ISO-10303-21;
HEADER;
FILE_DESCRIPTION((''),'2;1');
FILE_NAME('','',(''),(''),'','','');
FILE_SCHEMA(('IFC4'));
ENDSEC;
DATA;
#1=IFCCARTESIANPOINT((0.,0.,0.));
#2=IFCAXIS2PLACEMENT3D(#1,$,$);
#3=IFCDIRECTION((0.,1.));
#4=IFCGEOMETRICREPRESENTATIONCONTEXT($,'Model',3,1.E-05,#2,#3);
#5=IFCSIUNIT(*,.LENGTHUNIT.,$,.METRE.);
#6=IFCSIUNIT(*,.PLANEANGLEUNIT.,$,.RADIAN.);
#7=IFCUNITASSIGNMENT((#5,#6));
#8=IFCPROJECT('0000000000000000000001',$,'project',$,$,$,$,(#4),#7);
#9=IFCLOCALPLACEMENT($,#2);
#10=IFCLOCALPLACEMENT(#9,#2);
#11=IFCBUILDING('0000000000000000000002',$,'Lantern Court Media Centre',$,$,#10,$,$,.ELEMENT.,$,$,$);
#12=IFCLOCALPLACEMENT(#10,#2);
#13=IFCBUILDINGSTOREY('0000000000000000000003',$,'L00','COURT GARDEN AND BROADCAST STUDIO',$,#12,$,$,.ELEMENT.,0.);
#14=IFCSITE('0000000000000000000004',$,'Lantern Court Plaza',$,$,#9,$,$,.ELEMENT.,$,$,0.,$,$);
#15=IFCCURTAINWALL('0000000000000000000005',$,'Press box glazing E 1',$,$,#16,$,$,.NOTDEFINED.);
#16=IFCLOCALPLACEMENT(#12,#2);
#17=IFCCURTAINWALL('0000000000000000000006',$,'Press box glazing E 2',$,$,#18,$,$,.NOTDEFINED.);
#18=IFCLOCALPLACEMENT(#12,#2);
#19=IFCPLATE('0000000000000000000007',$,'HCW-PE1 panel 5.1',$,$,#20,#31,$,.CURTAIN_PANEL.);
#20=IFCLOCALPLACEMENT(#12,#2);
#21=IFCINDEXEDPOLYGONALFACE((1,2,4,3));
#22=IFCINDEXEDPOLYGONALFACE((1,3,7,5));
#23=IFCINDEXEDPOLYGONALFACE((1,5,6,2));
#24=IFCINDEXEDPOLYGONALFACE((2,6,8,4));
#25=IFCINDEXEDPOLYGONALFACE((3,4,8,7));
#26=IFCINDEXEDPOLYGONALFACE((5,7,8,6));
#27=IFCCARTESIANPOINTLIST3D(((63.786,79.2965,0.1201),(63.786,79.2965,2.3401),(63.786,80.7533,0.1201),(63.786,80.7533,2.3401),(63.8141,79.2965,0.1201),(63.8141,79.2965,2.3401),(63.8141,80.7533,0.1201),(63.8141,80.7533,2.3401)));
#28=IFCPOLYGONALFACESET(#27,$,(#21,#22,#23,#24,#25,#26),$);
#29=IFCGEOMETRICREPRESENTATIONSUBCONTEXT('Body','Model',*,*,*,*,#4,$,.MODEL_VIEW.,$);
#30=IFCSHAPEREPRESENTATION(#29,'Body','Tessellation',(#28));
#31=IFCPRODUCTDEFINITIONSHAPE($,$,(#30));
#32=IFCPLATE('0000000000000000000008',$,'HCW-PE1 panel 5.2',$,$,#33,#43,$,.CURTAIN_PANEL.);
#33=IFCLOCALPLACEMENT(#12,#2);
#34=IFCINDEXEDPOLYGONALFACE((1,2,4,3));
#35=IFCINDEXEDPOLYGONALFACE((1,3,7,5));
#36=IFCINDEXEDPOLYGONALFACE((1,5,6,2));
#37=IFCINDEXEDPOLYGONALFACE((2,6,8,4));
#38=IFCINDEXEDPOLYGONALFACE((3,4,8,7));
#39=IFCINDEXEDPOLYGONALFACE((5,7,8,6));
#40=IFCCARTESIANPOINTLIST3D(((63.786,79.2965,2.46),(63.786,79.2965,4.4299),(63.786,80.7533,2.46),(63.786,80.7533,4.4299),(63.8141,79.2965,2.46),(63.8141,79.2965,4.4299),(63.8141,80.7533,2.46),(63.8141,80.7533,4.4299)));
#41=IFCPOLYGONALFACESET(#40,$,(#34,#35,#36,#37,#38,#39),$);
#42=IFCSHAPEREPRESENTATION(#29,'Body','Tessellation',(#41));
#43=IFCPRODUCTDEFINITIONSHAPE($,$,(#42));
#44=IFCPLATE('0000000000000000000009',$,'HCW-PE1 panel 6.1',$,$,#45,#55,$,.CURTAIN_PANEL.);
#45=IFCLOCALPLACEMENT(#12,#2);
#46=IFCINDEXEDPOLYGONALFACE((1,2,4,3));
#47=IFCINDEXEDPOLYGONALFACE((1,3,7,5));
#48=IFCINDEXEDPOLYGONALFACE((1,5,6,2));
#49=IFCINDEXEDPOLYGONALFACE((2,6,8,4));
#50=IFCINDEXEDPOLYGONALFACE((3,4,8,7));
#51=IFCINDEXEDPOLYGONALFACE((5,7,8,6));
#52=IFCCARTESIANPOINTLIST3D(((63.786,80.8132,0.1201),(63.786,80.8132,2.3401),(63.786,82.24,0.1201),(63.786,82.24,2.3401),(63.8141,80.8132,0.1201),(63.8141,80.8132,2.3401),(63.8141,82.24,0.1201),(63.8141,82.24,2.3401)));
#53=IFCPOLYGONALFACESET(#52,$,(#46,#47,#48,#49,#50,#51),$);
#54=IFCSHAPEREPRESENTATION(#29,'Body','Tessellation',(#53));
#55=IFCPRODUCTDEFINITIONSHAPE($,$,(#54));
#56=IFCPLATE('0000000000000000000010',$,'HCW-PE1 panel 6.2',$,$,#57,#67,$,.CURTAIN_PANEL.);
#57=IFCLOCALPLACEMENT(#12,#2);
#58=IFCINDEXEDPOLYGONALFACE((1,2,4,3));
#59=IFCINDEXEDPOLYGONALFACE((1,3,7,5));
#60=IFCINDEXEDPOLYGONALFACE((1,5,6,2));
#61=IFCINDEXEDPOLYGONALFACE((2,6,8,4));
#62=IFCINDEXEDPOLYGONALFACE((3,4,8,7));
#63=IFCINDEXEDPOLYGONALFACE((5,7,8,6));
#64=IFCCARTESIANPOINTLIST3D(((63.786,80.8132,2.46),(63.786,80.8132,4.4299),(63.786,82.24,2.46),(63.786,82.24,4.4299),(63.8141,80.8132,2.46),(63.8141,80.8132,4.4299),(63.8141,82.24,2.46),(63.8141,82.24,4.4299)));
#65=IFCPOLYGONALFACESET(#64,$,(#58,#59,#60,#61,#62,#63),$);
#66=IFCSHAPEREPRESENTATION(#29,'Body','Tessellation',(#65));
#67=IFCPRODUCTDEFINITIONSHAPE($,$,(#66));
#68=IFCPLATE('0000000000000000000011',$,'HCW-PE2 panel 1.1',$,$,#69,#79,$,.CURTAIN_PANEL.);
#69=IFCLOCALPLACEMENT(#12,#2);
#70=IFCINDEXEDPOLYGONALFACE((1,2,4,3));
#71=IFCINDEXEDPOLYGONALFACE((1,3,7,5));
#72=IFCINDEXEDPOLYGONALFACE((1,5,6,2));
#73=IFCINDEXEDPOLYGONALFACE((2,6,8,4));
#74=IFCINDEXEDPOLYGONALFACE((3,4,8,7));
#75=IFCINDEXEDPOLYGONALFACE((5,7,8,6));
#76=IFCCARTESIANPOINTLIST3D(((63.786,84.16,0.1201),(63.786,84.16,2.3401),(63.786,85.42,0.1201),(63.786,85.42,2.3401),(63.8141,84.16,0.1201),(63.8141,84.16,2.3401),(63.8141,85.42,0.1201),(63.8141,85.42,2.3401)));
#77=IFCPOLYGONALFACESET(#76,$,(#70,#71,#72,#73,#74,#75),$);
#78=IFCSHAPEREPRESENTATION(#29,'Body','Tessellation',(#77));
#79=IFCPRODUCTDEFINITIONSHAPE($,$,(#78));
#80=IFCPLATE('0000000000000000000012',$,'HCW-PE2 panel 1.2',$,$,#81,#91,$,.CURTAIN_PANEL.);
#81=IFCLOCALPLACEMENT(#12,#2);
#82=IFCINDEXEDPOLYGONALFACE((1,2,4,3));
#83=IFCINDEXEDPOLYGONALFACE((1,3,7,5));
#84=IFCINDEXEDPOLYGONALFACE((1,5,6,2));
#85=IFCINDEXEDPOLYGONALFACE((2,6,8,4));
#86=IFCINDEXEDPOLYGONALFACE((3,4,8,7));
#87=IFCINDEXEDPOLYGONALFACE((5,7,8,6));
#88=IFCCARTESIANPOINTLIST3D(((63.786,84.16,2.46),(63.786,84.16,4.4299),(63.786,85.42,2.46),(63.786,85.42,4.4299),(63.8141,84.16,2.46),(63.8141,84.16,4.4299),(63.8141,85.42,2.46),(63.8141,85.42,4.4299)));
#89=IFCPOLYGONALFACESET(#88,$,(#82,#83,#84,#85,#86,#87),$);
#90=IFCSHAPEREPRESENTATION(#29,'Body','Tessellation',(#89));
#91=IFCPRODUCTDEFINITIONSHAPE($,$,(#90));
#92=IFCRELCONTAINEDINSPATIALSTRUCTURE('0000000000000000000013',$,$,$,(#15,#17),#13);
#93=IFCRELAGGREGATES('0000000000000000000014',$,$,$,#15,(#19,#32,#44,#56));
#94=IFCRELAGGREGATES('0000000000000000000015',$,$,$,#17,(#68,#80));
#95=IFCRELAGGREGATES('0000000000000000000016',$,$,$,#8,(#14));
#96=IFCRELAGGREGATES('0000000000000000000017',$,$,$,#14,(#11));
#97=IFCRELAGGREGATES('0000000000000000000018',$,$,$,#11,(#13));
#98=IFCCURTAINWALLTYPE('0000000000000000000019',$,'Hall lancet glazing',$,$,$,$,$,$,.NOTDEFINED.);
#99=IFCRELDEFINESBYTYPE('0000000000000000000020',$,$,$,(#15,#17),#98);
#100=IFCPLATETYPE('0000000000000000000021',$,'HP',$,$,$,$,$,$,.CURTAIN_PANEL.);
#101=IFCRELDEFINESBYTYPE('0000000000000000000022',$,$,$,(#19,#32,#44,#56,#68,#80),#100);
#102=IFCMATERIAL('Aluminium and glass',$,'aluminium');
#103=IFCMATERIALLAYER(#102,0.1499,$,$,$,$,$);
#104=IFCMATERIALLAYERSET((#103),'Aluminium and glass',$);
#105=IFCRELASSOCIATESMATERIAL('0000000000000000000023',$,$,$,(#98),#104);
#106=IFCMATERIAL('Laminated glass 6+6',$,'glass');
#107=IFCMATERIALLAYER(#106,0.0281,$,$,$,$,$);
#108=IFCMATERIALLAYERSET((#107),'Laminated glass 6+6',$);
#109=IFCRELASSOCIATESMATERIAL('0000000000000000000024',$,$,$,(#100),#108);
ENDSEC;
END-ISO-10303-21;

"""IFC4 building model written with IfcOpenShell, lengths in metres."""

from ifc_helpers import new_model, si_unit, direction, frame, origin, origin_2d, place, context, subcontext, project, spatial, rectangle, extrude, material, layer, layer_set, type_object, element, aggregate, save


model = new_model("IFC4")

# Units and contexts
model_context = context("Model", 3, precision=1e-05, world=origin(), true_north=direction((0.0, 1.0)))
body_context = subcontext(model_context, "Body", "Model", "MODEL_VIEW")
ifc_project = project(units=[si_unit("LENGTHUNIT", "METRE"), si_unit("PLANEANGLEUNIT", "RADIAN")], contexts=[model_context])

# Site, building, storey
site_placement = place(None, origin())
site = spatial("IfcSite", under=ifc_project, at=site_placement, Name="Lantern Court Plaza", CompositionType="ELEMENT", RefElevation=0.0)
building_placement = place(site_placement, origin())
building = spatial("IfcBuilding", under=site, at=building_placement, Name="Lantern Court Media Centre", CompositionType="ELEMENT")
storey_placement = place(building_placement, origin())
storey = spatial("IfcBuildingStorey", under=building, at=storey_placement, Name="L00", Description="COURT GARDEN AND BROADCAST STUDIO", CompositionType="ELEMENT", Elevation=0.0)

# Curtain walls
ifc_material_1 = material(Name="Aluminium and glass", Category="aluminium")
ifc_layer_1 = layer(ifc_material_1, 0.1499)
ifc_layer_set_1 = layer_set([ifc_layer_1], Name="Aluminium and glass")
curtain_wall_type = type_object("IfcCurtainWallType", Name="Hall lancet glazing", PredefinedType="NOTDEFINED", material=ifc_layer_set_1)
curtain_wall_1_placement = place(storey_placement, origin())
curtain_wall_1 = element("IfcCurtainWall", 1, at=curtain_wall_1_placement, inside=storey, type_object=curtain_wall_type, Name="Press box glazing E 1", PredefinedType="NOTDEFINED")
curtain_wall_2_placement = place(storey_placement, origin())
curtain_wall_2 = element("IfcCurtainWall", 2, at=curtain_wall_2_placement, inside=storey, type_object=curtain_wall_type, Name="Press box glazing E 2", PredefinedType="NOTDEFINED")

# Plates
ifc_material_2 = material(Name="Laminated glass 6+6", Category="glass")
ifc_layer_2 = layer(ifc_material_2, 0.0281)
ifc_layer_set_2 = layer_set([ifc_layer_2], Name="Laminated glass 6+6")
plate_type = type_object("IfcPlateType", Name="HP", PredefinedType="CURTAIN_PANEL", material=ifc_layer_set_2)
plate_1_placement = place(storey_placement, frame((63.8, 80.0249, 0.1201), z_axis=(0.0, 0.0, 1.0), x_axis=(0.0, 1.0, 0.0)))
plate_1 = element("IfcPlate", 3, at=plate_1_placement, type_object=plate_type, Name="HCW-PE1 panel 5.1", PredefinedType="CURTAIN_PANEL", context=body_context, shape_type="SweptSolid", body=[
    extrude(rectangle(XDim=1.4568, YDim=0.0281, at=origin_2d()), origin(), (0.0, 0.0, 1.0), 2.22),
])
plate_2_placement = place(storey_placement, frame((63.8, 80.0249, 2.46), z_axis=(0.0, 0.0, 1.0), x_axis=(0.0, 1.0, 0.0)))
plate_2 = element("IfcPlate", 4, at=plate_2_placement, type_object=plate_type, Name="HCW-PE1 panel 5.2", PredefinedType="CURTAIN_PANEL", context=body_context, shape_type="SweptSolid", body=[
    extrude(rectangle(XDim=1.4568, YDim=0.0281, at=origin_2d()), origin(), (0.0, 0.0, 1.0), 1.97),
])
plate_3_placement = place(storey_placement, frame((63.8, 81.5266, 0.1201), z_axis=(0.0, 0.0, 1.0), x_axis=(0.0, 1.0, 0.0)))
plate_3 = element("IfcPlate", 5, at=plate_3_placement, type_object=plate_type, Name="HCW-PE1 panel 6.1", PredefinedType="CURTAIN_PANEL", context=body_context, shape_type="SweptSolid", body=[
    extrude(rectangle(XDim=1.4268, YDim=0.0281, at=origin_2d()), origin(), (0.0, 0.0, 1.0), 2.22),
])
plate_4_placement = place(storey_placement, frame((63.8, 81.5266, 2.46), z_axis=(0.0, 0.0, 1.0), x_axis=(0.0, 1.0, 0.0)))
plate_4 = element("IfcPlate", 6, at=plate_4_placement, type_object=plate_type, Name="HCW-PE1 panel 6.2", PredefinedType="CURTAIN_PANEL", context=body_context, shape_type="SweptSolid", body=[
    extrude(rectangle(XDim=1.4268, YDim=0.0281, at=origin_2d()), origin(), (0.0, 0.0, 1.0), 1.97),
])
aggregate(curtain_wall_1, [plate_1, plate_2, plate_3, plate_4])
plate_5_placement = place(storey_placement, frame((63.8, 84.79, 0.1201), z_axis=(0.0, 0.0, 1.0), x_axis=(0.0, 1.0, 0.0)))
plate_5 = element("IfcPlate", 7, at=plate_5_placement, type_object=plate_type, Name="HCW-PE2 panel 1.1", PredefinedType="CURTAIN_PANEL", context=body_context, shape_type="SweptSolid", body=[
    extrude(rectangle(XDim=1.26, YDim=0.0281, at=origin_2d()), origin(), (0.0, 0.0, 1.0), 2.22),
])
plate_6_placement = place(storey_placement, frame((63.8, 84.79, 2.46), z_axis=(0.0, 0.0, 1.0), x_axis=(0.0, 1.0, 0.0)))
plate_6 = element("IfcPlate", 8, at=plate_6_placement, type_object=plate_type, Name="HCW-PE2 panel 1.2", PredefinedType="CURTAIN_PANEL", context=body_context, shape_type="SweptSolid", body=[
    extrude(rectangle(XDim=1.26, YDim=0.0281, at=origin_2d()), origin(), (0.0, 0.0, 1.0), 1.97),
])
aggregate(curtain_wall_2, [plate_5, plate_6])

save(model, "model.ifc")
